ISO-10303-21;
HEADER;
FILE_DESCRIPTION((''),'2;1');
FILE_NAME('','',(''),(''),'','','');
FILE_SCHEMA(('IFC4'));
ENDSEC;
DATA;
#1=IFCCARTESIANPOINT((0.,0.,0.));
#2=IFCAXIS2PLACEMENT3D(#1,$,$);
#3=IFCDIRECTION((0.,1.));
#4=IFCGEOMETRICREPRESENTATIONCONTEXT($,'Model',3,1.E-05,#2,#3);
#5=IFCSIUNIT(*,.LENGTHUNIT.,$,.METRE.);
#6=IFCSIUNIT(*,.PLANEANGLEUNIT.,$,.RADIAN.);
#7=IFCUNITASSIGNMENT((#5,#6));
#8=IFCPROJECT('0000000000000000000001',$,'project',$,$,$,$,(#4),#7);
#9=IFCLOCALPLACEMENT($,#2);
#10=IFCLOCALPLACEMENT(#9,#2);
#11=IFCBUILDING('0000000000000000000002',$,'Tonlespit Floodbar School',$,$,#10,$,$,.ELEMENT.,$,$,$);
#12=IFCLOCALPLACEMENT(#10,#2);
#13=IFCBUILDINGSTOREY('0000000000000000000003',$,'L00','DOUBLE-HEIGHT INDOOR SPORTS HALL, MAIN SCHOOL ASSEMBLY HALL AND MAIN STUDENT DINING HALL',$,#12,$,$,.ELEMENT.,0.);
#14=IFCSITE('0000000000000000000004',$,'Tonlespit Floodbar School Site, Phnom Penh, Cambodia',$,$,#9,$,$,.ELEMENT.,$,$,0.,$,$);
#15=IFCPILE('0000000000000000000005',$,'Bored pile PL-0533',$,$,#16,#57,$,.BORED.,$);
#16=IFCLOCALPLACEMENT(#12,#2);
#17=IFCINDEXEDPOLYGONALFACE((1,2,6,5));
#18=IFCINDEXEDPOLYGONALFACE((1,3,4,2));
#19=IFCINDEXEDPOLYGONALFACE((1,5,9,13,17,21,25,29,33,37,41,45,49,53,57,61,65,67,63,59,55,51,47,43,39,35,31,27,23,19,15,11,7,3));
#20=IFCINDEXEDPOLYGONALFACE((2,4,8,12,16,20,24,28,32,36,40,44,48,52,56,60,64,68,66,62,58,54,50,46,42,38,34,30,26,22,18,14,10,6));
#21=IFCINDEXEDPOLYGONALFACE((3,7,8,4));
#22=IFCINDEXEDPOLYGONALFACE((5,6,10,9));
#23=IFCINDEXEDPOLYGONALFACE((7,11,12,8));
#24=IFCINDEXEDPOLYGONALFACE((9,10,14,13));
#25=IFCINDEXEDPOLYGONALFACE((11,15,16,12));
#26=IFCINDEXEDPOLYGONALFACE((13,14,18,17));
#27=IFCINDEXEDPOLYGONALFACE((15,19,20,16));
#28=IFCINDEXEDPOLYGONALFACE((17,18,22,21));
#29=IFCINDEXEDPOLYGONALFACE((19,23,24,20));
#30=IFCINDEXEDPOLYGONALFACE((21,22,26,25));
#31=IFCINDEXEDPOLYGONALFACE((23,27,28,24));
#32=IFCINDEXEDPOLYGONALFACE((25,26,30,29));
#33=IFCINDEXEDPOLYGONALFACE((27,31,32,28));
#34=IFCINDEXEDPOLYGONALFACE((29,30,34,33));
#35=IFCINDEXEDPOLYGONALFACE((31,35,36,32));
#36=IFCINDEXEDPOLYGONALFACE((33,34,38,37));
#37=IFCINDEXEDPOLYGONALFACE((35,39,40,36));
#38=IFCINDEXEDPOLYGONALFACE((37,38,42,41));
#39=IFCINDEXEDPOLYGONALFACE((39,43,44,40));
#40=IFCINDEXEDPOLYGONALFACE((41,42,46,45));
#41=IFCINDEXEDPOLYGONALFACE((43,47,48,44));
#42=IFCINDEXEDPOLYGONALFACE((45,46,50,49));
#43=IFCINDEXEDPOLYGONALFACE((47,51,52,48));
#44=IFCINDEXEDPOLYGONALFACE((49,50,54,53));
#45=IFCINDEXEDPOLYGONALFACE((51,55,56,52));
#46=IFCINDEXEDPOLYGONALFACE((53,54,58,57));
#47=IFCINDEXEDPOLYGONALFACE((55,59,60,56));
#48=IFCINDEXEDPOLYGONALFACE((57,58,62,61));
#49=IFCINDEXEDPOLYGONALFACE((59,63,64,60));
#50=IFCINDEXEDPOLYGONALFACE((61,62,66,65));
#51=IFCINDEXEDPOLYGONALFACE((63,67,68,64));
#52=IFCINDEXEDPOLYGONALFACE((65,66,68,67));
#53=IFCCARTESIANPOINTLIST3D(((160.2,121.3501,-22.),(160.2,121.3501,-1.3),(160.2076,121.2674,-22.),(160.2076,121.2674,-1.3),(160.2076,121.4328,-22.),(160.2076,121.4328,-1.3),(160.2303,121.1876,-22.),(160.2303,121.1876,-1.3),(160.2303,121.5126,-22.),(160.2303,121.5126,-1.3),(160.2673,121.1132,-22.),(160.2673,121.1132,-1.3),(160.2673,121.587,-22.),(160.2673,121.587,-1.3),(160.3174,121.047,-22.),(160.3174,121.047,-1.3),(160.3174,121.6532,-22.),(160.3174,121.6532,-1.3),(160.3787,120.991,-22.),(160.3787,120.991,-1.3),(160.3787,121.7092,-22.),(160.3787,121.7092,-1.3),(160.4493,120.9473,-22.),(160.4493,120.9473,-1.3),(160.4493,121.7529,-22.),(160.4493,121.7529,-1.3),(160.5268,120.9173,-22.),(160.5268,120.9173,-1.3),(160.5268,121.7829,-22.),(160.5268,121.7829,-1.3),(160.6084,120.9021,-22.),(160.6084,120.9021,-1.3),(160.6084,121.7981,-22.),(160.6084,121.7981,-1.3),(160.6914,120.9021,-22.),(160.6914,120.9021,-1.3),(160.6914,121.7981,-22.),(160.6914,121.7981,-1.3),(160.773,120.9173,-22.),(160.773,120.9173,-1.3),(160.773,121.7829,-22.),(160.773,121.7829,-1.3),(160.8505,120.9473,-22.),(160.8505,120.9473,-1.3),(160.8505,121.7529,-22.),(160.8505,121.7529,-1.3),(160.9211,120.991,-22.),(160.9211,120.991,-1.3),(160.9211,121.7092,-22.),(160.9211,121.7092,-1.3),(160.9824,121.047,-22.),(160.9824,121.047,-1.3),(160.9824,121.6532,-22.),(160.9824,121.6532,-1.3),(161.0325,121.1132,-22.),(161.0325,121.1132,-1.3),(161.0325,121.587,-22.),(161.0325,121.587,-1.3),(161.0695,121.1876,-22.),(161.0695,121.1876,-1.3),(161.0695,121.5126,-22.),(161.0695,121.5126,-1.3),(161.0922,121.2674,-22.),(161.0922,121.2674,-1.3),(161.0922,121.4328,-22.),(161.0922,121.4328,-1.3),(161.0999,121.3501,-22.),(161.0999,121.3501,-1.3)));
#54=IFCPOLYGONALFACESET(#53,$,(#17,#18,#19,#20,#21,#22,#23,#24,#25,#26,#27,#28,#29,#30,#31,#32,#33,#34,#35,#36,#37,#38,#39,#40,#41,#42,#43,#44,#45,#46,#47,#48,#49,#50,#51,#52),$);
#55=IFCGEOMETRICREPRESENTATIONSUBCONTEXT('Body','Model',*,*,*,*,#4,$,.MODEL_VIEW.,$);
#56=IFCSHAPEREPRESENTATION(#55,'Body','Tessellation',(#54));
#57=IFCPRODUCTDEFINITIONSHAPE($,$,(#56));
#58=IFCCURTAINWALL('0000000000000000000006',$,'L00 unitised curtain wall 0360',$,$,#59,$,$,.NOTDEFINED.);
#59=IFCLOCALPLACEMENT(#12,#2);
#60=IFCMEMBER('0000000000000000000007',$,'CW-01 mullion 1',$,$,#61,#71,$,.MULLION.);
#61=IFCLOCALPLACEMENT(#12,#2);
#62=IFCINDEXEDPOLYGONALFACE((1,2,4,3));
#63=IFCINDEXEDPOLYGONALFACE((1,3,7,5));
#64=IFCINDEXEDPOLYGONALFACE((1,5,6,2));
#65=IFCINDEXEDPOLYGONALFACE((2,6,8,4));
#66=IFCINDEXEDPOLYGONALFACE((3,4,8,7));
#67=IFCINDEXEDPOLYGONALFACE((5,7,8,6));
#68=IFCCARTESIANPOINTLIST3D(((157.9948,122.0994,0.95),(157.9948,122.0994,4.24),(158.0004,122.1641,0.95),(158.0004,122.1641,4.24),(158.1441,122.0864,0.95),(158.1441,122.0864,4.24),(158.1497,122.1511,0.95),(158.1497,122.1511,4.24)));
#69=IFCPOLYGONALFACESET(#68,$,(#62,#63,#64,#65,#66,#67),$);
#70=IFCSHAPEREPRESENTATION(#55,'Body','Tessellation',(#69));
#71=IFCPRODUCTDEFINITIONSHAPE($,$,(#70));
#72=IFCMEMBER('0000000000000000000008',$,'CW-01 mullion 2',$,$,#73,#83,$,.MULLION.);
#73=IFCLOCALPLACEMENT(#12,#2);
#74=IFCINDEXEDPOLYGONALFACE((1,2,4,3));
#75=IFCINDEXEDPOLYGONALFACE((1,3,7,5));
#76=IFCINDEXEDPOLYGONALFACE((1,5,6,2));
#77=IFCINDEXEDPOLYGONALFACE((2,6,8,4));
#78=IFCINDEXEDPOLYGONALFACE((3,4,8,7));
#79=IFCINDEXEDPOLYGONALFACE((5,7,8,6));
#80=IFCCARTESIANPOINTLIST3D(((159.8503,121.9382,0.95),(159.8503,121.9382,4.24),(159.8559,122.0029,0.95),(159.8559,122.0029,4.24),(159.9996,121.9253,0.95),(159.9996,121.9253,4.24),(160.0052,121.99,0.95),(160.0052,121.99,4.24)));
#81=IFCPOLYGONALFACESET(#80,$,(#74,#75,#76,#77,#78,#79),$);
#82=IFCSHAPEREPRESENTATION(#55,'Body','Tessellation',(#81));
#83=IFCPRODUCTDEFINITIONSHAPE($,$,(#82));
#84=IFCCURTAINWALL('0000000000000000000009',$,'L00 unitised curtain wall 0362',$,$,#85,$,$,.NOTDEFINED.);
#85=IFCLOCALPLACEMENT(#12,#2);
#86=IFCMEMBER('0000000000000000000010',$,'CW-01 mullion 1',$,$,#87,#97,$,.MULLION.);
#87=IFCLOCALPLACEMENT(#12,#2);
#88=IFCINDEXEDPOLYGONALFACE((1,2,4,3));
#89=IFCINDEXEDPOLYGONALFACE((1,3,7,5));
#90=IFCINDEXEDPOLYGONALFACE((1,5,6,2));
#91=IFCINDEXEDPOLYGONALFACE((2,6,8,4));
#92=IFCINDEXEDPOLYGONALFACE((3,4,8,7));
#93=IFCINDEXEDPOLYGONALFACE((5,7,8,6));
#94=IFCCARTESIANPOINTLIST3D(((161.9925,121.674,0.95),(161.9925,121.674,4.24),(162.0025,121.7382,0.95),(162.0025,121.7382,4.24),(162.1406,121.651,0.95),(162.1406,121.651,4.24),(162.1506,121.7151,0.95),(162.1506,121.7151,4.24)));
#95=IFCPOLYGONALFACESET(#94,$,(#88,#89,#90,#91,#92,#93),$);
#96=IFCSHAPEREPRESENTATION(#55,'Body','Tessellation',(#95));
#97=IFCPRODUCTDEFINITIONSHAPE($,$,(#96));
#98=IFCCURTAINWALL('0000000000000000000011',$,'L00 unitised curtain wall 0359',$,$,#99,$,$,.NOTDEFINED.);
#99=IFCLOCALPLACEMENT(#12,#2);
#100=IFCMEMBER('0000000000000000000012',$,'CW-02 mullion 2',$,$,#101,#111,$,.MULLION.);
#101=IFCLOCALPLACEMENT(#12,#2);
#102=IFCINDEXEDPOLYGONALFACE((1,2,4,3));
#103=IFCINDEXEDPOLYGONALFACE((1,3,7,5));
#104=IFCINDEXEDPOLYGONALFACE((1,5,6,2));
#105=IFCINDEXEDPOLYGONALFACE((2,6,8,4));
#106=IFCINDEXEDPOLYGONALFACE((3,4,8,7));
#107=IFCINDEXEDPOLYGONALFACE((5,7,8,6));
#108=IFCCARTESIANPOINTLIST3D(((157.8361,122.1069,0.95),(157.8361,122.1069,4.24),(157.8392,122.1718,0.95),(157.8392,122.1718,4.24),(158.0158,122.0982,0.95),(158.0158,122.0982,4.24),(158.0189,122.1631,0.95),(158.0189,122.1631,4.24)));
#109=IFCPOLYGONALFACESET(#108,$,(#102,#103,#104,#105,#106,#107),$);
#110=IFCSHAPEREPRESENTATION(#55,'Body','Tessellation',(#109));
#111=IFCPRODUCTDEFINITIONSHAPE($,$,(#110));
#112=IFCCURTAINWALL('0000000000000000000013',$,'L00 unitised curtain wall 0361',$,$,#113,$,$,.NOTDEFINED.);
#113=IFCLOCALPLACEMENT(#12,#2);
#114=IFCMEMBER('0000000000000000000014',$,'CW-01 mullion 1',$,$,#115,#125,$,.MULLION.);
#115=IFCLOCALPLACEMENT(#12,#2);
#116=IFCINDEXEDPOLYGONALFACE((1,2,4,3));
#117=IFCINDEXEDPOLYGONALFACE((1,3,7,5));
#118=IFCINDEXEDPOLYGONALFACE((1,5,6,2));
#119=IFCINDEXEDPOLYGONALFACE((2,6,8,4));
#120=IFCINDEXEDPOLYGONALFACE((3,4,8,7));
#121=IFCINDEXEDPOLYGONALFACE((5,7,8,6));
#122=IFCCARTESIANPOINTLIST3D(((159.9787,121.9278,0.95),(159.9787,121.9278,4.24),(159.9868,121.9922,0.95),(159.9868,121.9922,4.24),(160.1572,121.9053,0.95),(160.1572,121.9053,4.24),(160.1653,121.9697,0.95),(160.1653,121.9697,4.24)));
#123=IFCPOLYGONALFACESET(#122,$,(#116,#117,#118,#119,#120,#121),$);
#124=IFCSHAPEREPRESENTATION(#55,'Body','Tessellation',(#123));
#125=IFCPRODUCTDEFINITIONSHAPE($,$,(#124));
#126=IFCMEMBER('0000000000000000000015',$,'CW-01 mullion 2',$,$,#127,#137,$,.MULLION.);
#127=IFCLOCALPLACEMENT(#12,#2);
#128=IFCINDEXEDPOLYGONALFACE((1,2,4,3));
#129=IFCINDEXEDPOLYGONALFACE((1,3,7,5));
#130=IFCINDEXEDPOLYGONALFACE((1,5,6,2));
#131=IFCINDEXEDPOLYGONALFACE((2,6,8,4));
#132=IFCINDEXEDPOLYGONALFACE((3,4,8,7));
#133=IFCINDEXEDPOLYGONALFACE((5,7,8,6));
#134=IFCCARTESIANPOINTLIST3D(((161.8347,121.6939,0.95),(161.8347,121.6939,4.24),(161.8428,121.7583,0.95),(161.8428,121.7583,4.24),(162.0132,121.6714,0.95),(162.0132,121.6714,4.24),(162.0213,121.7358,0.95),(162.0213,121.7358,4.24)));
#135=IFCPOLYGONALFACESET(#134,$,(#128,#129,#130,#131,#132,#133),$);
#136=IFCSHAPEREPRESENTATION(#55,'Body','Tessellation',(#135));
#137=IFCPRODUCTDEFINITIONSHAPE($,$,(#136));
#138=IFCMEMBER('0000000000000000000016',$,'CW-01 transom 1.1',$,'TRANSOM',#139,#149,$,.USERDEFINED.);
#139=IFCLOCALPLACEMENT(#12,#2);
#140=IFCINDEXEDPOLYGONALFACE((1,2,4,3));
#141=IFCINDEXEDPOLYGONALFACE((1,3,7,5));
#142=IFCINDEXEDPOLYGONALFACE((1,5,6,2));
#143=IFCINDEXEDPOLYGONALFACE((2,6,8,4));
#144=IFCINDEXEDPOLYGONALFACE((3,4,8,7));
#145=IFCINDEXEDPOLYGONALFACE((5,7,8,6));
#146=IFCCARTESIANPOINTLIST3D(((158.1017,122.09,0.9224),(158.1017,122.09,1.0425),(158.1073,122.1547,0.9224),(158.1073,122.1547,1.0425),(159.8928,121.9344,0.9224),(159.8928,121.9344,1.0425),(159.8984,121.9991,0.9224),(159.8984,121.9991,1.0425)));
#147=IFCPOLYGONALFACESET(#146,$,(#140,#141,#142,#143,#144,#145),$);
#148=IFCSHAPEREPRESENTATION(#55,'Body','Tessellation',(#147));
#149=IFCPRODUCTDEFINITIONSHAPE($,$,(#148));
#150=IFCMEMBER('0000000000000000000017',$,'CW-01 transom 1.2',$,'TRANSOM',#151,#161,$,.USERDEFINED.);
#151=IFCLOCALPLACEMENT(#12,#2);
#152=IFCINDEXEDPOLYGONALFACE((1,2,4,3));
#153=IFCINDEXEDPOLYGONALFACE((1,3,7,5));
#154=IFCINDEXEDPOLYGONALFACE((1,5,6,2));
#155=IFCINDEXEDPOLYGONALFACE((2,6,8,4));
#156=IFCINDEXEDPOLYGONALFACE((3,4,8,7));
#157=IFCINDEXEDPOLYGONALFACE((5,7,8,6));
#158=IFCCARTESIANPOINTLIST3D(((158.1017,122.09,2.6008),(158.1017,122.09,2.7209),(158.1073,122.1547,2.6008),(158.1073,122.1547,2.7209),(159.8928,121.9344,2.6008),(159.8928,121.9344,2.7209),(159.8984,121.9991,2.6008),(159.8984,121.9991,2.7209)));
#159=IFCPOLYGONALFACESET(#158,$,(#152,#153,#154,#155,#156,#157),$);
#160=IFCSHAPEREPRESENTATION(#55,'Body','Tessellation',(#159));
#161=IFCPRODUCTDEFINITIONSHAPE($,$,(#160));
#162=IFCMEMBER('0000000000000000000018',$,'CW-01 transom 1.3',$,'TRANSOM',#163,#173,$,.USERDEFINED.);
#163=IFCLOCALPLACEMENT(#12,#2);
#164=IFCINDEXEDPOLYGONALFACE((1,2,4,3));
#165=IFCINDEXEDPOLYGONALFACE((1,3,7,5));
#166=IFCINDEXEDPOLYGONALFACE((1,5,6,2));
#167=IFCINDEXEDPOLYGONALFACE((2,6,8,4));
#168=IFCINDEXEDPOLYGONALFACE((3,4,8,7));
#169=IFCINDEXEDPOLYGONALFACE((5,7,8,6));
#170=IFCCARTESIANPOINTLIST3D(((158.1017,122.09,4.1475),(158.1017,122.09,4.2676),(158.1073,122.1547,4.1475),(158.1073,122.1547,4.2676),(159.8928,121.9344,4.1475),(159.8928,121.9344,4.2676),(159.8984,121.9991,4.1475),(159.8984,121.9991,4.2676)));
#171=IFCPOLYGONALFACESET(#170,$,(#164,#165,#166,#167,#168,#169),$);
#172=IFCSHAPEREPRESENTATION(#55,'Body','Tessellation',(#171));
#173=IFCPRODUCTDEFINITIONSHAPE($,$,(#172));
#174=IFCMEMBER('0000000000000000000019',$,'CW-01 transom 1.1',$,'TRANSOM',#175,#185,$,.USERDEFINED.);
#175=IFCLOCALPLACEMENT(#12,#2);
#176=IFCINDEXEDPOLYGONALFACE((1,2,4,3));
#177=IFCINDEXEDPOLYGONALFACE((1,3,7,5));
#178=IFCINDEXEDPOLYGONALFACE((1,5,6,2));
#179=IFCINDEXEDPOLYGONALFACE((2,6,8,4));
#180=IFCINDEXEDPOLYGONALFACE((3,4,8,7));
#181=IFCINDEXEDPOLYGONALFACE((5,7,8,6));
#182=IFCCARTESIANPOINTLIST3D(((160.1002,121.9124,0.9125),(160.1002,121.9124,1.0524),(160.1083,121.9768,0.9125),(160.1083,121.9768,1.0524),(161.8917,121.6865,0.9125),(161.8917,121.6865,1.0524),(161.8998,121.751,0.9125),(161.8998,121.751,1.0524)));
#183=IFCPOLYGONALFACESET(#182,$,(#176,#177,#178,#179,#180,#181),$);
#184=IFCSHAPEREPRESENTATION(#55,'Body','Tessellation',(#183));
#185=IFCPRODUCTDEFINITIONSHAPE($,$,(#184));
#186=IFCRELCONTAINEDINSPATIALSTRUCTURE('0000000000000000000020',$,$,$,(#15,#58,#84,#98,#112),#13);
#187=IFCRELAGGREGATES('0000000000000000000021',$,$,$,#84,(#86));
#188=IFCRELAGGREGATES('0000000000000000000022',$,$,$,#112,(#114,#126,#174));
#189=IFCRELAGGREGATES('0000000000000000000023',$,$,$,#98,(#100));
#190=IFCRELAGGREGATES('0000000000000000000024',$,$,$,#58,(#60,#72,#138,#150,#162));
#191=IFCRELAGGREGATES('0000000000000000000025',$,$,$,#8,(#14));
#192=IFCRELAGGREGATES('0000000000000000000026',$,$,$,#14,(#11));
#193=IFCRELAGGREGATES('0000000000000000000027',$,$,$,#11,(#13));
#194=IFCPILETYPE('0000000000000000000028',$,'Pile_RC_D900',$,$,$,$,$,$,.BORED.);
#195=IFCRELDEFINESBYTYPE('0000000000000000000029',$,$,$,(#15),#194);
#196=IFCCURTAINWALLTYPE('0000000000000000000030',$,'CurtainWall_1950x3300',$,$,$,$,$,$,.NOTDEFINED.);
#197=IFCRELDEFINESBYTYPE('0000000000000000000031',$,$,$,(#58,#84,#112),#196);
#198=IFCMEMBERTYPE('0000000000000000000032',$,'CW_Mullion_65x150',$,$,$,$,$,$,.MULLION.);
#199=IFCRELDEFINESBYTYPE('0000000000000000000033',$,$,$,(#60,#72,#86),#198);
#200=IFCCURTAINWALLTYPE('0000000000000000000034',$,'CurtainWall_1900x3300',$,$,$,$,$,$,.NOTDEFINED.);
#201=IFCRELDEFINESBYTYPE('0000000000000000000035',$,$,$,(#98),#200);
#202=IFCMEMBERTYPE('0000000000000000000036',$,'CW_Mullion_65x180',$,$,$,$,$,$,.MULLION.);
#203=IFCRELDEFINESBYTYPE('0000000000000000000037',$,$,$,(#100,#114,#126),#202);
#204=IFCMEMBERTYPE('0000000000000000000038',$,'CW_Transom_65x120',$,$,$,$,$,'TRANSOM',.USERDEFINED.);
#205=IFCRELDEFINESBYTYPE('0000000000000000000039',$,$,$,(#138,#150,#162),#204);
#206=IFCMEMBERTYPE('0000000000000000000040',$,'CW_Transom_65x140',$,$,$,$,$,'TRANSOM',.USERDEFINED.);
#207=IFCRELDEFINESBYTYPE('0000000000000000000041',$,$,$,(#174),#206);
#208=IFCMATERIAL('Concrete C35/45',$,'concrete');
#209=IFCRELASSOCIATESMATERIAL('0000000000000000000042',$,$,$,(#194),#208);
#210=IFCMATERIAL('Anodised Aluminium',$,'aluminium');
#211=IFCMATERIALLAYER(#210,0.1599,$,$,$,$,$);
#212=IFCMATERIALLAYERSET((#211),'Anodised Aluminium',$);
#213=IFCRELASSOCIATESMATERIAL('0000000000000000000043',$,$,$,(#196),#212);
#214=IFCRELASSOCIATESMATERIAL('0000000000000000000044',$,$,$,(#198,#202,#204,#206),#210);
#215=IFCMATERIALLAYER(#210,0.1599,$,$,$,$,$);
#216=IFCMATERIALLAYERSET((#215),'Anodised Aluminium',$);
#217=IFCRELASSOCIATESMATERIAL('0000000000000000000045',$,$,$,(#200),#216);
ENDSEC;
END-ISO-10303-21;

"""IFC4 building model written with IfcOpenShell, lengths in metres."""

from ifc_helpers import new_model, si_unit, direction, frame, origin, origin_2d, place, context, subcontext, project, spatial, rectangle, circle, extrude, material, layer, layer_set, material_profile, profile_set, type_object, element, aggregate, save


model = new_model("IFC4")

# Units and contexts
model_context = context("Model", 3, precision=1e-05, world=origin(), true_north=direction((0.0, 1.0)))
body_context = subcontext(model_context, "Body", "Model", "MODEL_VIEW")
ifc_project = project(units=[si_unit("LENGTHUNIT", "METRE"), si_unit("PLANEANGLEUNIT", "RADIAN")], contexts=[model_context])

# Site, building, storey
site_placement = place(None, origin())
site = spatial("IfcSite", under=ifc_project, at=site_placement, Name="Tonlespit Floodbar School Site, Phnom Penh, Cambodia", CompositionType="ELEMENT", RefElevation=0.0)
building_placement = place(site_placement, origin())
building = spatial("IfcBuilding", under=site, at=building_placement, Name="Tonlespit Floodbar School", CompositionType="ELEMENT")
storey_placement = place(building_placement, origin())
storey = spatial("IfcBuildingStorey", under=building, at=storey_placement, Name="L00", Description="DOUBLE-HEIGHT INDOOR SPORTS HALL, MAIN SCHOOL ASSEMBLY HALL AND MAIN STUDENT DINING HALL", CompositionType="ELEMENT", Elevation=0.0)

# Pile
ifc_material_1 = material(Name="Concrete C35/45", Category="concrete")
ifc_material_profile_1 = material_profile(ifc_material_1, circle(Radius=0.45, at=origin_2d()), Name="BP D900")
ifc_profile_set_1 = profile_set([ifc_material_profile_1], Name="Concrete C35/45")
pile_type = type_object("IfcPileType", Name="Pile_RC_D900", PredefinedType="BORED", material=ifc_profile_set_1)
pile_placement = place(storey_placement, frame((160.6499, 121.3501, -1.3), z_axis=(0.0, 0.0, -1.0), x_axis=(1.0, 0.0, 0.0)))
element("IfcPile", 1, at=pile_placement, inside=storey, type_object=pile_type, Name="Bored pile PL-0533", PredefinedType="BORED", context=body_context, shape_type="SweptSolid", body=[
    extrude(circle(Radius=0.45, at=origin_2d()), origin(), (0.0, 0.0, 1.0), 20.7),
])

# Curtain wall, members
ifc_material_2 = material(Name="Anodised Aluminium", Category="aluminium")
ifc_layer_1 = layer(ifc_material_2, 0.1599)
ifc_layer_set_1 = layer_set([ifc_layer_1], Name="Anodised Aluminium")
curtain_wall_type_1 = type_object("IfcCurtainWallType", Name="CurtainWall_1950x3300", PredefinedType="NOTDEFINED", material=ifc_layer_set_1)
curtain_wall_1_placement = place(storey_placement, origin())
curtain_wall_1 = element("IfcCurtainWall", 2, at=curtain_wall_1_placement, inside=storey, type_object=curtain_wall_type_1, Name="L00 unitised curtain wall 0360", PredefinedType="NOTDEFINED")
ifc_material_profile_2 = material_profile(ifc_material_2, rectangle(XDim=0.0649, YDim=0.1499, at=origin_2d()), Name="ALU M65x150")
ifc_profile_set_2 = profile_set([ifc_material_profile_2], Name="Anodised Aluminium")
member_type_1 = type_object("IfcMemberType", Name="CW_Mullion_65x150", PredefinedType="MULLION", material=ifc_profile_set_2)
member_1_placement = place(storey_placement, frame((158.0723, 122.1252, 0.95), z_axis=(0.0, 0.0, 1.0), x_axis=(0.086531, 0.996249, 0.0)))
member_1 = element("IfcMember", 3, at=member_1_placement, type_object=member_type_1, Name="CW-01 mullion 1", PredefinedType="MULLION", context=body_context, shape_type="SweptSolid", body=[
    extrude(rectangle(XDim=0.0649, YDim=0.1499, at=origin_2d()), origin(), (0.0, 0.0, 1.0), 3.29),
])
member_2_placement = place(storey_placement, frame((159.9277, 121.9641, 0.95), z_axis=(0.0, 0.0, 1.0), x_axis=(0.086531, 0.996249, 0.0)))
member_2 = element("IfcMember", 4, at=member_2_placement, type_object=member_type_1, Name="CW-01 mullion 2", PredefinedType="MULLION", context=body_context, shape_type="SweptSolid", body=[
    extrude(rectangle(XDim=0.0649, YDim=0.1499, at=origin_2d()), origin(), (0.0, 0.0, 1.0), 3.29),
])

# Curtain walls, members
curtain_wall_2_placement = place(storey_placement, origin())
curtain_wall_2 = element("IfcCurtainWall", 5, at=curtain_wall_2_placement, inside=storey, type_object=curtain_wall_type_1, Name="L00 unitised curtain wall 0362", PredefinedType="NOTDEFINED")
member_3_placement = place(storey_placement, frame((162.0715, 121.6946, 0.95), z_axis=(0.0, 0.0, 1.0), x_axis=(0.153796, 0.988103, 0.0)))
member_3 = element("IfcMember", 6, at=member_3_placement, type_object=member_type_1, Name="CW-01 mullion 1", PredefinedType="MULLION", context=body_context, shape_type="SweptSolid", body=[
    extrude(rectangle(XDim=0.0649, YDim=0.1499, at=origin_2d()), origin(), (0.0, 0.0, 1.0), 3.29),
])
aggregate(curtain_wall_2, [member_3])
ifc_layer_2 = layer(ifc_material_2, 0.1599)
ifc_layer_set_2 = layer_set([ifc_layer_2], Name="Anodised Aluminium")
curtain_wall_type_2 = type_object("IfcCurtainWallType", Name="CurtainWall_1900x3300", PredefinedType="NOTDEFINED", material=ifc_layer_set_2)
curtain_wall_3_placement = place(storey_placement, origin())
curtain_wall_3 = element("IfcCurtainWall", 7, at=curtain_wall_3_placement, inside=storey, type_object=curtain_wall_type_2, Name="L00 unitised curtain wall 0359", PredefinedType="NOTDEFINED")
ifc_material_profile_3 = material_profile(ifc_material_2, rectangle(XDim=0.0649, YDim=0.1799, at=origin_2d()), Name="ALU M65x180")
ifc_profile_set_3 = profile_set([ifc_material_profile_3], Name="Anodised Aluminium")
member_type_2 = type_object("IfcMemberType", Name="CW_Mullion_65x180", PredefinedType="MULLION", material=ifc_profile_set_3)
member_4_placement = place(storey_placement, frame((157.9275, 122.135, 0.95), z_axis=(0.0, 0.0, 1.0), x_axis=(0.048121, 0.998842, 0.0)))
member_4 = element("IfcMember", 8, at=member_4_placement, type_object=member_type_2, Name="CW-02 mullion 2", PredefinedType="MULLION", context=body_context, shape_type="SweptSolid", body=[
    extrude(rectangle(XDim=0.0649, YDim=0.1799, at=origin_2d()), origin(), (0.0, 0.0, 1.0), 3.29),
])

# Curtain wall, members
curtain_wall_4_placement = place(storey_placement, origin())
curtain_wall_4 = element("IfcCurtainWall", 9, at=curtain_wall_4_placement, inside=storey, type_object=curtain_wall_type_1, Name="L00 unitised curtain wall 0361", PredefinedType="NOTDEFINED")
member_5_placement = place(storey_placement, frame((160.072, 121.9487, 0.95), z_axis=(0.0, 0.0, 1.0), x_axis=(0.125014, 0.992155, 0.0)))
member_5 = element("IfcMember", 10, at=member_5_placement, type_object=member_type_2, Name="CW-01 mullion 1", PredefinedType="MULLION", context=body_context, shape_type="SweptSolid", body=[
    extrude(rectangle(XDim=0.0649, YDim=0.1799, at=origin_2d()), origin(), (0.0, 0.0, 1.0), 3.29),
])
member_6_placement = place(storey_placement, frame((161.928, 121.7148, 0.95), z_axis=(0.0, 0.0, 1.0), x_axis=(0.125014, 0.992155, 0.0)))
member_6 = element("IfcMember", 11, at=member_6_placement, type_object=member_type_2, Name="CW-01 mullion 2", PredefinedType="MULLION", context=body_context, shape_type="SweptSolid", body=[
    extrude(rectangle(XDim=0.0649, YDim=0.1799, at=origin_2d()), origin(), (0.0, 0.0, 1.0), 3.29),
])

# Members
ifc_material_profile_4 = material_profile(ifc_material_2, rectangle(XDim=0.0649, YDim=0.1201, at=origin_2d()), Name="ALU T65x120")
ifc_profile_set_4 = profile_set([ifc_material_profile_4], Name="Anodised Aluminium")
member_type_3 = type_object("IfcMemberType", Name="CW_Transom_65x120", ElementType="TRANSOM", PredefinedType="USERDEFINED", material=ifc_profile_set_4)
member_7_placement = place(storey_placement, frame((158.1045, 122.1223, 0.9824), z_axis=(0.996251, -0.086507, 0.0), x_axis=(0.086507, 0.996251, 0.0)))
member_7 = element("IfcMember", 12, at=member_7_placement, type_object=member_type_3, Name="CW-01 transom 1.1", ObjectType="TRANSOM", PredefinedType="USERDEFINED", context=body_context, shape_type="SweptSolid", body=[
    extrude(rectangle(XDim=0.0649, YDim=0.1201, at=origin_2d()), origin(), (0.0, 0.0, 1.0), 1.7979),
])
member_8_placement = place(storey_placement, frame((158.1045, 122.1223, 2.6609), z_axis=(0.996251, -0.086507, 0.0), x_axis=(0.086507, 0.996251, 0.0)))
member_8 = element("IfcMember", 13, at=member_8_placement, type_object=member_type_3, Name="CW-01 transom 1.2", ObjectType="TRANSOM", PredefinedType="USERDEFINED", context=body_context, shape_type="SweptSolid", body=[
    extrude(rectangle(XDim=0.0649, YDim=0.1201, at=origin_2d()), origin(), (0.0, 0.0, 1.0), 1.7979),
])
member_9_placement = place(storey_placement, frame((158.1045, 122.1223, 4.2075), z_axis=(0.996251, -0.086507, 0.0), x_axis=(0.086507, 0.996251, 0.0)))
member_9 = element("IfcMember", 14, at=member_9_placement, type_object=member_type_3, Name="CW-01 transom 1.3", ObjectType="TRANSOM", PredefinedType="USERDEFINED", context=body_context, shape_type="SweptSolid", body=[
    extrude(rectangle(XDim=0.0649, YDim=0.1201, at=origin_2d()), origin(), (0.0, 0.0, 1.0), 1.7979),
])
ifc_material_profile_5 = material_profile(ifc_material_2, rectangle(XDim=0.0649, YDim=0.1399, at=origin_2d()), Name="ALU T65x140")
ifc_profile_set_5 = profile_set([ifc_material_profile_5], Name="Anodised Aluminium")
member_type_4 = type_object("IfcMemberType", Name="CW_Transom_65x140", ElementType="TRANSOM", PredefinedType="USERDEFINED", material=ifc_profile_set_5)
member_10_placement = place(storey_placement, frame((160.1042, 121.9446, 0.9824), z_axis=(0.992148, -0.125066, 0.0), x_axis=(0.125066, 0.992148, 0.0)))
member_10 = element("IfcMember", 15, at=member_10_placement, type_object=member_type_4, Name="CW-01 transom 1.1", ObjectType="TRANSOM", PredefinedType="USERDEFINED", context=body_context, shape_type="SweptSolid", body=[
    extrude(rectangle(XDim=0.0649, YDim=0.1399, at=origin_2d()), origin(), (0.0, 0.0, 1.0), 1.8057),
])

aggregate(curtain_wall_4, [member_5, member_6, member_10])
aggregate(curtain_wall_3, [member_4])
aggregate(curtain_wall_1, [member_1, member_2, member_7, member_8, member_9])

save(model, "model.ifc")
